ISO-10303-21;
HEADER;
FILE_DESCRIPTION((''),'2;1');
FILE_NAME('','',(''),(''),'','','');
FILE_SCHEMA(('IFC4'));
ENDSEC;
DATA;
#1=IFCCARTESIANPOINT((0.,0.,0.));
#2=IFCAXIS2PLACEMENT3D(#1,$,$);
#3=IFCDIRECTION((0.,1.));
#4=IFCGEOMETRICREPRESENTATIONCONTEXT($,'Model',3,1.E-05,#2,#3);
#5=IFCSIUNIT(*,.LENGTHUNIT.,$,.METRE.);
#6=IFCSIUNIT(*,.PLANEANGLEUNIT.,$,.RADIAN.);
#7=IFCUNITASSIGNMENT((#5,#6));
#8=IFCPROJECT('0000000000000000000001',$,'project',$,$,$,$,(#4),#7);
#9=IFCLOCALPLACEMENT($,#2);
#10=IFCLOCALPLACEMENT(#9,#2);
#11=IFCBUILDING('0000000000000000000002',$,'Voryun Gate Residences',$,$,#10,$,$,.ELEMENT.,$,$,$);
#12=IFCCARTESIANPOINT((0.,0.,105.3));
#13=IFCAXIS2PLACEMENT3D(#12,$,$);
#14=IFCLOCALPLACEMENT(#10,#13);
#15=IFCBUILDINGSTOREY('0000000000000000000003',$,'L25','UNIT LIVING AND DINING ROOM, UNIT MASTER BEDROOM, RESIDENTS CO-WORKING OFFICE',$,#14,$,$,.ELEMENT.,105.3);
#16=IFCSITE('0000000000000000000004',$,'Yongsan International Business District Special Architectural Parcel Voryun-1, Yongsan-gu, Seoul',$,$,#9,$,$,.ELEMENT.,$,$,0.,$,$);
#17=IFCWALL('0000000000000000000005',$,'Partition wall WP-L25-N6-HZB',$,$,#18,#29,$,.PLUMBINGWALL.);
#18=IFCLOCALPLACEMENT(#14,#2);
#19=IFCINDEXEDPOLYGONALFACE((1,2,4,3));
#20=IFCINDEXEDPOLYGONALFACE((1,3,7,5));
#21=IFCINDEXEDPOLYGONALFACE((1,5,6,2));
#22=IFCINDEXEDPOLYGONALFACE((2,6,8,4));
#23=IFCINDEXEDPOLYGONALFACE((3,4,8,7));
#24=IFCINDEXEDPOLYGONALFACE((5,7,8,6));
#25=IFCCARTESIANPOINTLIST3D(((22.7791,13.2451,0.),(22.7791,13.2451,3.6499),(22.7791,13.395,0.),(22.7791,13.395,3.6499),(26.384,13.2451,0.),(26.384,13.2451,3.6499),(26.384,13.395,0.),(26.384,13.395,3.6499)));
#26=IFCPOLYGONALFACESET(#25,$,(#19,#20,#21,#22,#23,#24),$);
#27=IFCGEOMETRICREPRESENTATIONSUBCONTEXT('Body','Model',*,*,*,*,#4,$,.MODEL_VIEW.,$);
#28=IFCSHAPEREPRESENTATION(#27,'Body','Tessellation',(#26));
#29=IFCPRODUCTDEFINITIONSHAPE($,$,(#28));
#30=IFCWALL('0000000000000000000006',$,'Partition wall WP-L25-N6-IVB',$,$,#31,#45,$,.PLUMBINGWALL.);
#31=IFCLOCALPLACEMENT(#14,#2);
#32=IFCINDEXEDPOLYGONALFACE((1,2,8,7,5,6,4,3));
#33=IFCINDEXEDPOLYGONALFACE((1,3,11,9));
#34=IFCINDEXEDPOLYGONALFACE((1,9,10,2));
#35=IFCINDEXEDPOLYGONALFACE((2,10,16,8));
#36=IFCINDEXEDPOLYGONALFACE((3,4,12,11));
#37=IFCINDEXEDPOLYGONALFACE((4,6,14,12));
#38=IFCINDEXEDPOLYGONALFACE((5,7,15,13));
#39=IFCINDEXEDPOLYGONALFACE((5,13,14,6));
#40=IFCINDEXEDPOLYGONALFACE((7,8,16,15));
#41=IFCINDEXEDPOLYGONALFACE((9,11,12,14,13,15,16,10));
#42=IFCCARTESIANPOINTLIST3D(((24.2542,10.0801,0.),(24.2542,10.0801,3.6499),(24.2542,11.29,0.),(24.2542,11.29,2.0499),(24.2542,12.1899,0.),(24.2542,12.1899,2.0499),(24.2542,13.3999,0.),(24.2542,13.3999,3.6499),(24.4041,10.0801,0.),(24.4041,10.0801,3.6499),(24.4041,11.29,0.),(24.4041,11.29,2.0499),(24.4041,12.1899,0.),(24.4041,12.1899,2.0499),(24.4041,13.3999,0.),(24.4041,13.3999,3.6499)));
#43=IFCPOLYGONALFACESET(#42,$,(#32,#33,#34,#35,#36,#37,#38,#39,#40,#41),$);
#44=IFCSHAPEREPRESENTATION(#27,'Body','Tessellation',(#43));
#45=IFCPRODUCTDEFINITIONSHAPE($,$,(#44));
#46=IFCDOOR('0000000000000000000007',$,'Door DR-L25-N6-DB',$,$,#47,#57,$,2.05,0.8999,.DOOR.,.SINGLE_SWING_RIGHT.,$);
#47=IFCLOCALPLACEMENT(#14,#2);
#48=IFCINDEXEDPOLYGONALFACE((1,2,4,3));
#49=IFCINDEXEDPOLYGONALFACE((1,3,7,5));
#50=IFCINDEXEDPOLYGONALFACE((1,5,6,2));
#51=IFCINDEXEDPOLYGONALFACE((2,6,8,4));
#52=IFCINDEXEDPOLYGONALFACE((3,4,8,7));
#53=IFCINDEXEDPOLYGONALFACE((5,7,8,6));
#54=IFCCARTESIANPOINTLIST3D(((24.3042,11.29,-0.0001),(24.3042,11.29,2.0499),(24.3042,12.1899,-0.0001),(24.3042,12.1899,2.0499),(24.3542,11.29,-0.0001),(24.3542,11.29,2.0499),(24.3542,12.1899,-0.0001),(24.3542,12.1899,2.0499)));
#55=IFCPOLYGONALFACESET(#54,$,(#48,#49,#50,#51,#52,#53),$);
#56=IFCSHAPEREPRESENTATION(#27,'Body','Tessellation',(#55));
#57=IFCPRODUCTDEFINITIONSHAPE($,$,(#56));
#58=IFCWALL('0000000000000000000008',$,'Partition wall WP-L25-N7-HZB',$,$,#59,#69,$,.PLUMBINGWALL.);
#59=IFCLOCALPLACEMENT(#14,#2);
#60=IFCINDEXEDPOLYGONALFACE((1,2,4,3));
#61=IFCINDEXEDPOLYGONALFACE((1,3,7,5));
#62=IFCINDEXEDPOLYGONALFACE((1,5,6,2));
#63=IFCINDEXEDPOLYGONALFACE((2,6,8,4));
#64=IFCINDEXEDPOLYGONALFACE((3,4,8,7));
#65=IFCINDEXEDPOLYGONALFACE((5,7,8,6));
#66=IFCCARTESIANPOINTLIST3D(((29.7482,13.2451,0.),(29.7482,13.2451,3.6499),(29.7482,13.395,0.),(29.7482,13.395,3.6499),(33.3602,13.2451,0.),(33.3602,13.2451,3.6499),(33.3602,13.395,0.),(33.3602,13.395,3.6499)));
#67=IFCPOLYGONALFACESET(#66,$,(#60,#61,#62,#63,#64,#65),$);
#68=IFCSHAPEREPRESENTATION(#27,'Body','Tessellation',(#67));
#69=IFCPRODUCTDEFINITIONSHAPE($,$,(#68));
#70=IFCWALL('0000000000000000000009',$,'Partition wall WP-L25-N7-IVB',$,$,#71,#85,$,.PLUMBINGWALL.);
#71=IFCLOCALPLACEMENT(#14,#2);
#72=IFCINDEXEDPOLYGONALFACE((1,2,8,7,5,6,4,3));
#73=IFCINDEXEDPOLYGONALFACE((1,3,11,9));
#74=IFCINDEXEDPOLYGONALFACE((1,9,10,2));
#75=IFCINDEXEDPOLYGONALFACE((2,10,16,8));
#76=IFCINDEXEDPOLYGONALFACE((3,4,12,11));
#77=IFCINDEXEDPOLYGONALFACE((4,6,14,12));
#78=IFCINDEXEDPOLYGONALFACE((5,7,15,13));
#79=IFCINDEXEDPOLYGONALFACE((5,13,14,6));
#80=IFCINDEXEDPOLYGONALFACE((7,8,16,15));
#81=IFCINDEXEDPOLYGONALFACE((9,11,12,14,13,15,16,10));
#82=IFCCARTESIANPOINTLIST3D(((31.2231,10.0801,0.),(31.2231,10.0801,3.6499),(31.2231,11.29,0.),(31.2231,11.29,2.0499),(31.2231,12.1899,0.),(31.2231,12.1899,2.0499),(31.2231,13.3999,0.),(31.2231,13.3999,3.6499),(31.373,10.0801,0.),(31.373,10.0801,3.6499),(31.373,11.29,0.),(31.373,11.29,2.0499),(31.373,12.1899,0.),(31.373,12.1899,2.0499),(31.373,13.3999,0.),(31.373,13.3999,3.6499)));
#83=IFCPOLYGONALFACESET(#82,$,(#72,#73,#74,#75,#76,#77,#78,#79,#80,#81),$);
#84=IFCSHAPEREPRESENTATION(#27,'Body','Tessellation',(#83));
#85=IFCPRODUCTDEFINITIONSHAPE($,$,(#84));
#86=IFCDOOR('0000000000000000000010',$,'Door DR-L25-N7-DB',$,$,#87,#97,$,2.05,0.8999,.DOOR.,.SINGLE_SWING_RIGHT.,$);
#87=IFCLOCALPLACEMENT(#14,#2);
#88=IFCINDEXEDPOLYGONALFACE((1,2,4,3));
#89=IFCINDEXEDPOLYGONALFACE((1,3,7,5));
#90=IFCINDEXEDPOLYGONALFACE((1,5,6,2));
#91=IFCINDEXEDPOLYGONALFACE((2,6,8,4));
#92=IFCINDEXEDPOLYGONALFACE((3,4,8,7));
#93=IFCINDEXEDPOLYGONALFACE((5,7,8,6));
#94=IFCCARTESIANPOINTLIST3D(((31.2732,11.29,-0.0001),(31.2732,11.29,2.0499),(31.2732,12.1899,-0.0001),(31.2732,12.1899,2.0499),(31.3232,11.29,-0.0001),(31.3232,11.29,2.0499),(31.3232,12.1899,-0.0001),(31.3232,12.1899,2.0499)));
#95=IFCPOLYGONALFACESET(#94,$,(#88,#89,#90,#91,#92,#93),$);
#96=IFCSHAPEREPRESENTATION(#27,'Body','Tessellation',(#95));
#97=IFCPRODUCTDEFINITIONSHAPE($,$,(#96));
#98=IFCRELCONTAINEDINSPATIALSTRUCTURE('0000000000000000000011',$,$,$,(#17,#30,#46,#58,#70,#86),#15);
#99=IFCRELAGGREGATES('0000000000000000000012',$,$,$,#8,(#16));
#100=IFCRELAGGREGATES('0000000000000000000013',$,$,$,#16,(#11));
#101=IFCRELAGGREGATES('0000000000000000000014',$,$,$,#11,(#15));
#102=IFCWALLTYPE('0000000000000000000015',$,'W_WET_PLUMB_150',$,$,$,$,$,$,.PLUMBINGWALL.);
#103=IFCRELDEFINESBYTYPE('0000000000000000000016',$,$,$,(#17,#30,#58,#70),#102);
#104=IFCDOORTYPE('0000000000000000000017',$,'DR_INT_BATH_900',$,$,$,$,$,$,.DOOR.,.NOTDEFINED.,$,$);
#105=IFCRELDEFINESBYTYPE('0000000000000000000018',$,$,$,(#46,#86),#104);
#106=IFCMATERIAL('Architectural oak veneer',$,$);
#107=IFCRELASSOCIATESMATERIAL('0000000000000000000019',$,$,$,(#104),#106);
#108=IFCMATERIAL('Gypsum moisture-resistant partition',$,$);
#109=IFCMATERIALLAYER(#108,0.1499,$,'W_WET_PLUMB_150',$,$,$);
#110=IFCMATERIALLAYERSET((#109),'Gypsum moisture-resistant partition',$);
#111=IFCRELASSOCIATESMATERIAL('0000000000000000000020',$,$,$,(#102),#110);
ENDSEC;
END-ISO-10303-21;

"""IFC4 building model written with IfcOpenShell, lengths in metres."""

from ifc_helpers import new_model, si_unit, direction, frame, frame_2d, origin, place, context, subcontext, project, spatial, rectangle, extrude, material, layer, layer_set, type_object, element, fill, save


model = new_model("IFC4")

# Units and contexts
model_context = context("Model", 3, precision=1e-05, world=origin(), true_north=direction((0.0, 1.0)))
body_context = subcontext(model_context, "Body", "Model", "MODEL_VIEW")
ifc_project = project(units=[si_unit("LENGTHUNIT", "METRE"), si_unit("PLANEANGLEUNIT", "RADIAN")], contexts=[model_context])

# Site, building, storey
site_placement = place(None, origin())
site = spatial("IfcSite", under=ifc_project, at=site_placement, Name="Yongsan International Business District Special Architectural Parcel Voryun-1, Yongsan-gu, Seoul", CompositionType="ELEMENT", RefElevation=0.0)
building_placement = place(site_placement, origin())
building = spatial("IfcBuilding", under=site, at=building_placement, Name="Voryun Gate Residences", CompositionType="ELEMENT")
storey_placement = place(building_placement, frame((0.0, 0.0, 105.3)))
storey = spatial("IfcBuildingStorey", under=building, at=storey_placement, Name="L25", Description="UNIT LIVING AND DINING ROOM, UNIT MASTER BEDROOM, RESIDENTS CO-WORKING OFFICE", CompositionType="ELEMENT", Elevation=105.3)

# Shared definitions
ifc_material_1 = material(Name="Architectural oak veneer")
door_type_1 = type_object("IfcDoorType", Name="DR_INT_BATH_900", OperationType="NOTDEFINED", PredefinedType="DOOR", material=ifc_material_1)

# Wall
ifc_material_2 = material(Name="Gypsum moisture-resistant partition")
ifc_layer_1 = layer(ifc_material_2, 0.1499, Name="W_WET_PLUMB_150")
ifc_layer_set_1 = layer_set([ifc_layer_1], Name="Gypsum moisture-resistant partition")
wall_type_1 = type_object("IfcWallType", Name="W_WET_PLUMB_150", PredefinedType="PLUMBINGWALL", material=ifc_layer_set_1)
wall_1_placement = place(storey_placement, frame((22.7791, 13.3201, 0.0), z_axis=(0.0, 0.0, 1.0), x_axis=(1.0, 0.0, 0.0)))
element("IfcWall", 1, at=wall_1_placement, inside=storey, type_object=wall_type_1, Name="Partition wall WP-L25-N6-HZB", PredefinedType="PLUMBINGWALL", context=body_context, shape_type="SweptSolid", body=[
    extrude(rectangle(XDim=3.605, YDim=0.1499, at=frame_2d((1.8025, 0.0))), origin(), (0.0, 0.0, 1.0), 3.6499),
])

# Wall, opening, door
wall_2_placement = place(storey_placement, frame((24.3291, 10.0801, 0.0), z_axis=(0.0, 0.0, 1.0), x_axis=(0.0, 1.0, 0.0)))
wall_2 = element("IfcWall", 2, at=wall_2_placement, inside=storey, type_object=wall_type_1, Name="Partition wall WP-L25-N6-IVB", PredefinedType="PLUMBINGWALL", context=body_context, shape_type="SweptSolid", body=[
    extrude(rectangle(XDim=3.3198, YDim=0.1499, at=frame_2d((1.6599, 0.0))), origin(), (0.0, 0.0, 1.0), 3.6499),
])
opening_1_placement = place(wall_2_placement, frame((1.21, 0.0, 0.0)))
opening_1 = element("IfcOpeningElement", 3, at=opening_1_placement, cuts=wall_2, PredefinedType="OPENING", context=body_context, shape_type="SweptSolid", body=[
    extrude(rectangle(XDim=0.8999, YDim=2.05, at=frame_2d((0.45, 1.0249))), frame((0.0, 0.085, 0.0), z_axis=(0.0, -1.0, 0.0), x_axis=(1.0, 0.0, 0.0)), (0.0, 0.0, 1.0), 0.1699),
])
door_1_placement = place(opening_1_placement, origin())
door_1 = element("IfcDoor", 4, at=door_1_placement, inside=storey, type_object=door_type_1, Name="Door DR-L25-N6-DB", OperationType="SINGLE_SWING_RIGHT", OverallHeight=2.05, OverallWidth=0.8999, PredefinedType="DOOR", context=body_context, shape_type="SweptSolid", body=[
    extrude(rectangle(XDim=0.8999, YDim=2.05, at=frame_2d((0.45, 1.0249))), frame((0.0, 0.0249, 0.0), z_axis=(0.0, -1.0, 0.0), x_axis=(1.0, 0.0, 0.0)), (0.0, 0.0, 1.0), 0.05),
])
fill(opening_1, door_1)

# Wall
wall_3_placement = place(storey_placement, frame((29.748, 13.3201, 0.0), z_axis=(0.0, 0.0, 1.0), x_axis=(1.0, 0.0, 0.0)))
element("IfcWall", 5, at=wall_3_placement, inside=storey, type_object=wall_type_1, Name="Partition wall WP-L25-N7-HZB", PredefinedType="PLUMBINGWALL", context=body_context, shape_type="SweptSolid", body=[
    extrude(rectangle(XDim=3.6121, YDim=0.1499, at=frame_2d((1.8062, 0.0))), origin(), (0.0, 0.0, 1.0), 3.6499),
])

# Wall, opening, door
wall_4_placement = place(storey_placement, frame((31.2981, 10.0801, 0.0), z_axis=(0.0, 0.0, 1.0), x_axis=(0.0, 1.0, 0.0)))
wall_4 = element("IfcWall", 6, at=wall_4_placement, inside=storey, type_object=wall_type_1, Name="Partition wall WP-L25-N7-IVB", PredefinedType="PLUMBINGWALL", context=body_context, shape_type="SweptSolid", body=[
    extrude(rectangle(XDim=3.3198, YDim=0.1499, at=frame_2d((1.6599, 0.0))), origin(), (0.0, 0.0, 1.0), 3.6499),
])
opening_2_placement = place(wall_4_placement, frame((1.21, 0.0, 0.0)))
opening_2 = element("IfcOpeningElement", 7, at=opening_2_placement, cuts=wall_4, PredefinedType="OPENING", context=body_context, shape_type="SweptSolid", body=[
    extrude(rectangle(XDim=0.8999, YDim=2.05, at=frame_2d((0.45, 1.0249))), frame((0.0, 0.085, 0.0), z_axis=(0.0, -1.0, 0.0), x_axis=(1.0, 0.0, 0.0)), (0.0, 0.0, 1.0), 0.1699),
])
door_2_placement = place(opening_2_placement, origin())
door_2 = element("IfcDoor", 8, at=door_2_placement, inside=storey, type_object=door_type_1, Name="Door DR-L25-N7-DB", OperationType="SINGLE_SWING_RIGHT", OverallHeight=2.05, OverallWidth=0.8999, PredefinedType="DOOR", context=body_context, shape_type="SweptSolid", body=[
    extrude(rectangle(XDim=0.8999, YDim=2.05, at=frame_2d((0.45, 1.0249))), frame((0.0, 0.0249, 0.0), z_axis=(0.0, -1.0, 0.0), x_axis=(1.0, 0.0, 0.0)), (0.0, 0.0, 1.0), 0.05),
])
fill(opening_2, door_2)

save(model, "model.ifc")
